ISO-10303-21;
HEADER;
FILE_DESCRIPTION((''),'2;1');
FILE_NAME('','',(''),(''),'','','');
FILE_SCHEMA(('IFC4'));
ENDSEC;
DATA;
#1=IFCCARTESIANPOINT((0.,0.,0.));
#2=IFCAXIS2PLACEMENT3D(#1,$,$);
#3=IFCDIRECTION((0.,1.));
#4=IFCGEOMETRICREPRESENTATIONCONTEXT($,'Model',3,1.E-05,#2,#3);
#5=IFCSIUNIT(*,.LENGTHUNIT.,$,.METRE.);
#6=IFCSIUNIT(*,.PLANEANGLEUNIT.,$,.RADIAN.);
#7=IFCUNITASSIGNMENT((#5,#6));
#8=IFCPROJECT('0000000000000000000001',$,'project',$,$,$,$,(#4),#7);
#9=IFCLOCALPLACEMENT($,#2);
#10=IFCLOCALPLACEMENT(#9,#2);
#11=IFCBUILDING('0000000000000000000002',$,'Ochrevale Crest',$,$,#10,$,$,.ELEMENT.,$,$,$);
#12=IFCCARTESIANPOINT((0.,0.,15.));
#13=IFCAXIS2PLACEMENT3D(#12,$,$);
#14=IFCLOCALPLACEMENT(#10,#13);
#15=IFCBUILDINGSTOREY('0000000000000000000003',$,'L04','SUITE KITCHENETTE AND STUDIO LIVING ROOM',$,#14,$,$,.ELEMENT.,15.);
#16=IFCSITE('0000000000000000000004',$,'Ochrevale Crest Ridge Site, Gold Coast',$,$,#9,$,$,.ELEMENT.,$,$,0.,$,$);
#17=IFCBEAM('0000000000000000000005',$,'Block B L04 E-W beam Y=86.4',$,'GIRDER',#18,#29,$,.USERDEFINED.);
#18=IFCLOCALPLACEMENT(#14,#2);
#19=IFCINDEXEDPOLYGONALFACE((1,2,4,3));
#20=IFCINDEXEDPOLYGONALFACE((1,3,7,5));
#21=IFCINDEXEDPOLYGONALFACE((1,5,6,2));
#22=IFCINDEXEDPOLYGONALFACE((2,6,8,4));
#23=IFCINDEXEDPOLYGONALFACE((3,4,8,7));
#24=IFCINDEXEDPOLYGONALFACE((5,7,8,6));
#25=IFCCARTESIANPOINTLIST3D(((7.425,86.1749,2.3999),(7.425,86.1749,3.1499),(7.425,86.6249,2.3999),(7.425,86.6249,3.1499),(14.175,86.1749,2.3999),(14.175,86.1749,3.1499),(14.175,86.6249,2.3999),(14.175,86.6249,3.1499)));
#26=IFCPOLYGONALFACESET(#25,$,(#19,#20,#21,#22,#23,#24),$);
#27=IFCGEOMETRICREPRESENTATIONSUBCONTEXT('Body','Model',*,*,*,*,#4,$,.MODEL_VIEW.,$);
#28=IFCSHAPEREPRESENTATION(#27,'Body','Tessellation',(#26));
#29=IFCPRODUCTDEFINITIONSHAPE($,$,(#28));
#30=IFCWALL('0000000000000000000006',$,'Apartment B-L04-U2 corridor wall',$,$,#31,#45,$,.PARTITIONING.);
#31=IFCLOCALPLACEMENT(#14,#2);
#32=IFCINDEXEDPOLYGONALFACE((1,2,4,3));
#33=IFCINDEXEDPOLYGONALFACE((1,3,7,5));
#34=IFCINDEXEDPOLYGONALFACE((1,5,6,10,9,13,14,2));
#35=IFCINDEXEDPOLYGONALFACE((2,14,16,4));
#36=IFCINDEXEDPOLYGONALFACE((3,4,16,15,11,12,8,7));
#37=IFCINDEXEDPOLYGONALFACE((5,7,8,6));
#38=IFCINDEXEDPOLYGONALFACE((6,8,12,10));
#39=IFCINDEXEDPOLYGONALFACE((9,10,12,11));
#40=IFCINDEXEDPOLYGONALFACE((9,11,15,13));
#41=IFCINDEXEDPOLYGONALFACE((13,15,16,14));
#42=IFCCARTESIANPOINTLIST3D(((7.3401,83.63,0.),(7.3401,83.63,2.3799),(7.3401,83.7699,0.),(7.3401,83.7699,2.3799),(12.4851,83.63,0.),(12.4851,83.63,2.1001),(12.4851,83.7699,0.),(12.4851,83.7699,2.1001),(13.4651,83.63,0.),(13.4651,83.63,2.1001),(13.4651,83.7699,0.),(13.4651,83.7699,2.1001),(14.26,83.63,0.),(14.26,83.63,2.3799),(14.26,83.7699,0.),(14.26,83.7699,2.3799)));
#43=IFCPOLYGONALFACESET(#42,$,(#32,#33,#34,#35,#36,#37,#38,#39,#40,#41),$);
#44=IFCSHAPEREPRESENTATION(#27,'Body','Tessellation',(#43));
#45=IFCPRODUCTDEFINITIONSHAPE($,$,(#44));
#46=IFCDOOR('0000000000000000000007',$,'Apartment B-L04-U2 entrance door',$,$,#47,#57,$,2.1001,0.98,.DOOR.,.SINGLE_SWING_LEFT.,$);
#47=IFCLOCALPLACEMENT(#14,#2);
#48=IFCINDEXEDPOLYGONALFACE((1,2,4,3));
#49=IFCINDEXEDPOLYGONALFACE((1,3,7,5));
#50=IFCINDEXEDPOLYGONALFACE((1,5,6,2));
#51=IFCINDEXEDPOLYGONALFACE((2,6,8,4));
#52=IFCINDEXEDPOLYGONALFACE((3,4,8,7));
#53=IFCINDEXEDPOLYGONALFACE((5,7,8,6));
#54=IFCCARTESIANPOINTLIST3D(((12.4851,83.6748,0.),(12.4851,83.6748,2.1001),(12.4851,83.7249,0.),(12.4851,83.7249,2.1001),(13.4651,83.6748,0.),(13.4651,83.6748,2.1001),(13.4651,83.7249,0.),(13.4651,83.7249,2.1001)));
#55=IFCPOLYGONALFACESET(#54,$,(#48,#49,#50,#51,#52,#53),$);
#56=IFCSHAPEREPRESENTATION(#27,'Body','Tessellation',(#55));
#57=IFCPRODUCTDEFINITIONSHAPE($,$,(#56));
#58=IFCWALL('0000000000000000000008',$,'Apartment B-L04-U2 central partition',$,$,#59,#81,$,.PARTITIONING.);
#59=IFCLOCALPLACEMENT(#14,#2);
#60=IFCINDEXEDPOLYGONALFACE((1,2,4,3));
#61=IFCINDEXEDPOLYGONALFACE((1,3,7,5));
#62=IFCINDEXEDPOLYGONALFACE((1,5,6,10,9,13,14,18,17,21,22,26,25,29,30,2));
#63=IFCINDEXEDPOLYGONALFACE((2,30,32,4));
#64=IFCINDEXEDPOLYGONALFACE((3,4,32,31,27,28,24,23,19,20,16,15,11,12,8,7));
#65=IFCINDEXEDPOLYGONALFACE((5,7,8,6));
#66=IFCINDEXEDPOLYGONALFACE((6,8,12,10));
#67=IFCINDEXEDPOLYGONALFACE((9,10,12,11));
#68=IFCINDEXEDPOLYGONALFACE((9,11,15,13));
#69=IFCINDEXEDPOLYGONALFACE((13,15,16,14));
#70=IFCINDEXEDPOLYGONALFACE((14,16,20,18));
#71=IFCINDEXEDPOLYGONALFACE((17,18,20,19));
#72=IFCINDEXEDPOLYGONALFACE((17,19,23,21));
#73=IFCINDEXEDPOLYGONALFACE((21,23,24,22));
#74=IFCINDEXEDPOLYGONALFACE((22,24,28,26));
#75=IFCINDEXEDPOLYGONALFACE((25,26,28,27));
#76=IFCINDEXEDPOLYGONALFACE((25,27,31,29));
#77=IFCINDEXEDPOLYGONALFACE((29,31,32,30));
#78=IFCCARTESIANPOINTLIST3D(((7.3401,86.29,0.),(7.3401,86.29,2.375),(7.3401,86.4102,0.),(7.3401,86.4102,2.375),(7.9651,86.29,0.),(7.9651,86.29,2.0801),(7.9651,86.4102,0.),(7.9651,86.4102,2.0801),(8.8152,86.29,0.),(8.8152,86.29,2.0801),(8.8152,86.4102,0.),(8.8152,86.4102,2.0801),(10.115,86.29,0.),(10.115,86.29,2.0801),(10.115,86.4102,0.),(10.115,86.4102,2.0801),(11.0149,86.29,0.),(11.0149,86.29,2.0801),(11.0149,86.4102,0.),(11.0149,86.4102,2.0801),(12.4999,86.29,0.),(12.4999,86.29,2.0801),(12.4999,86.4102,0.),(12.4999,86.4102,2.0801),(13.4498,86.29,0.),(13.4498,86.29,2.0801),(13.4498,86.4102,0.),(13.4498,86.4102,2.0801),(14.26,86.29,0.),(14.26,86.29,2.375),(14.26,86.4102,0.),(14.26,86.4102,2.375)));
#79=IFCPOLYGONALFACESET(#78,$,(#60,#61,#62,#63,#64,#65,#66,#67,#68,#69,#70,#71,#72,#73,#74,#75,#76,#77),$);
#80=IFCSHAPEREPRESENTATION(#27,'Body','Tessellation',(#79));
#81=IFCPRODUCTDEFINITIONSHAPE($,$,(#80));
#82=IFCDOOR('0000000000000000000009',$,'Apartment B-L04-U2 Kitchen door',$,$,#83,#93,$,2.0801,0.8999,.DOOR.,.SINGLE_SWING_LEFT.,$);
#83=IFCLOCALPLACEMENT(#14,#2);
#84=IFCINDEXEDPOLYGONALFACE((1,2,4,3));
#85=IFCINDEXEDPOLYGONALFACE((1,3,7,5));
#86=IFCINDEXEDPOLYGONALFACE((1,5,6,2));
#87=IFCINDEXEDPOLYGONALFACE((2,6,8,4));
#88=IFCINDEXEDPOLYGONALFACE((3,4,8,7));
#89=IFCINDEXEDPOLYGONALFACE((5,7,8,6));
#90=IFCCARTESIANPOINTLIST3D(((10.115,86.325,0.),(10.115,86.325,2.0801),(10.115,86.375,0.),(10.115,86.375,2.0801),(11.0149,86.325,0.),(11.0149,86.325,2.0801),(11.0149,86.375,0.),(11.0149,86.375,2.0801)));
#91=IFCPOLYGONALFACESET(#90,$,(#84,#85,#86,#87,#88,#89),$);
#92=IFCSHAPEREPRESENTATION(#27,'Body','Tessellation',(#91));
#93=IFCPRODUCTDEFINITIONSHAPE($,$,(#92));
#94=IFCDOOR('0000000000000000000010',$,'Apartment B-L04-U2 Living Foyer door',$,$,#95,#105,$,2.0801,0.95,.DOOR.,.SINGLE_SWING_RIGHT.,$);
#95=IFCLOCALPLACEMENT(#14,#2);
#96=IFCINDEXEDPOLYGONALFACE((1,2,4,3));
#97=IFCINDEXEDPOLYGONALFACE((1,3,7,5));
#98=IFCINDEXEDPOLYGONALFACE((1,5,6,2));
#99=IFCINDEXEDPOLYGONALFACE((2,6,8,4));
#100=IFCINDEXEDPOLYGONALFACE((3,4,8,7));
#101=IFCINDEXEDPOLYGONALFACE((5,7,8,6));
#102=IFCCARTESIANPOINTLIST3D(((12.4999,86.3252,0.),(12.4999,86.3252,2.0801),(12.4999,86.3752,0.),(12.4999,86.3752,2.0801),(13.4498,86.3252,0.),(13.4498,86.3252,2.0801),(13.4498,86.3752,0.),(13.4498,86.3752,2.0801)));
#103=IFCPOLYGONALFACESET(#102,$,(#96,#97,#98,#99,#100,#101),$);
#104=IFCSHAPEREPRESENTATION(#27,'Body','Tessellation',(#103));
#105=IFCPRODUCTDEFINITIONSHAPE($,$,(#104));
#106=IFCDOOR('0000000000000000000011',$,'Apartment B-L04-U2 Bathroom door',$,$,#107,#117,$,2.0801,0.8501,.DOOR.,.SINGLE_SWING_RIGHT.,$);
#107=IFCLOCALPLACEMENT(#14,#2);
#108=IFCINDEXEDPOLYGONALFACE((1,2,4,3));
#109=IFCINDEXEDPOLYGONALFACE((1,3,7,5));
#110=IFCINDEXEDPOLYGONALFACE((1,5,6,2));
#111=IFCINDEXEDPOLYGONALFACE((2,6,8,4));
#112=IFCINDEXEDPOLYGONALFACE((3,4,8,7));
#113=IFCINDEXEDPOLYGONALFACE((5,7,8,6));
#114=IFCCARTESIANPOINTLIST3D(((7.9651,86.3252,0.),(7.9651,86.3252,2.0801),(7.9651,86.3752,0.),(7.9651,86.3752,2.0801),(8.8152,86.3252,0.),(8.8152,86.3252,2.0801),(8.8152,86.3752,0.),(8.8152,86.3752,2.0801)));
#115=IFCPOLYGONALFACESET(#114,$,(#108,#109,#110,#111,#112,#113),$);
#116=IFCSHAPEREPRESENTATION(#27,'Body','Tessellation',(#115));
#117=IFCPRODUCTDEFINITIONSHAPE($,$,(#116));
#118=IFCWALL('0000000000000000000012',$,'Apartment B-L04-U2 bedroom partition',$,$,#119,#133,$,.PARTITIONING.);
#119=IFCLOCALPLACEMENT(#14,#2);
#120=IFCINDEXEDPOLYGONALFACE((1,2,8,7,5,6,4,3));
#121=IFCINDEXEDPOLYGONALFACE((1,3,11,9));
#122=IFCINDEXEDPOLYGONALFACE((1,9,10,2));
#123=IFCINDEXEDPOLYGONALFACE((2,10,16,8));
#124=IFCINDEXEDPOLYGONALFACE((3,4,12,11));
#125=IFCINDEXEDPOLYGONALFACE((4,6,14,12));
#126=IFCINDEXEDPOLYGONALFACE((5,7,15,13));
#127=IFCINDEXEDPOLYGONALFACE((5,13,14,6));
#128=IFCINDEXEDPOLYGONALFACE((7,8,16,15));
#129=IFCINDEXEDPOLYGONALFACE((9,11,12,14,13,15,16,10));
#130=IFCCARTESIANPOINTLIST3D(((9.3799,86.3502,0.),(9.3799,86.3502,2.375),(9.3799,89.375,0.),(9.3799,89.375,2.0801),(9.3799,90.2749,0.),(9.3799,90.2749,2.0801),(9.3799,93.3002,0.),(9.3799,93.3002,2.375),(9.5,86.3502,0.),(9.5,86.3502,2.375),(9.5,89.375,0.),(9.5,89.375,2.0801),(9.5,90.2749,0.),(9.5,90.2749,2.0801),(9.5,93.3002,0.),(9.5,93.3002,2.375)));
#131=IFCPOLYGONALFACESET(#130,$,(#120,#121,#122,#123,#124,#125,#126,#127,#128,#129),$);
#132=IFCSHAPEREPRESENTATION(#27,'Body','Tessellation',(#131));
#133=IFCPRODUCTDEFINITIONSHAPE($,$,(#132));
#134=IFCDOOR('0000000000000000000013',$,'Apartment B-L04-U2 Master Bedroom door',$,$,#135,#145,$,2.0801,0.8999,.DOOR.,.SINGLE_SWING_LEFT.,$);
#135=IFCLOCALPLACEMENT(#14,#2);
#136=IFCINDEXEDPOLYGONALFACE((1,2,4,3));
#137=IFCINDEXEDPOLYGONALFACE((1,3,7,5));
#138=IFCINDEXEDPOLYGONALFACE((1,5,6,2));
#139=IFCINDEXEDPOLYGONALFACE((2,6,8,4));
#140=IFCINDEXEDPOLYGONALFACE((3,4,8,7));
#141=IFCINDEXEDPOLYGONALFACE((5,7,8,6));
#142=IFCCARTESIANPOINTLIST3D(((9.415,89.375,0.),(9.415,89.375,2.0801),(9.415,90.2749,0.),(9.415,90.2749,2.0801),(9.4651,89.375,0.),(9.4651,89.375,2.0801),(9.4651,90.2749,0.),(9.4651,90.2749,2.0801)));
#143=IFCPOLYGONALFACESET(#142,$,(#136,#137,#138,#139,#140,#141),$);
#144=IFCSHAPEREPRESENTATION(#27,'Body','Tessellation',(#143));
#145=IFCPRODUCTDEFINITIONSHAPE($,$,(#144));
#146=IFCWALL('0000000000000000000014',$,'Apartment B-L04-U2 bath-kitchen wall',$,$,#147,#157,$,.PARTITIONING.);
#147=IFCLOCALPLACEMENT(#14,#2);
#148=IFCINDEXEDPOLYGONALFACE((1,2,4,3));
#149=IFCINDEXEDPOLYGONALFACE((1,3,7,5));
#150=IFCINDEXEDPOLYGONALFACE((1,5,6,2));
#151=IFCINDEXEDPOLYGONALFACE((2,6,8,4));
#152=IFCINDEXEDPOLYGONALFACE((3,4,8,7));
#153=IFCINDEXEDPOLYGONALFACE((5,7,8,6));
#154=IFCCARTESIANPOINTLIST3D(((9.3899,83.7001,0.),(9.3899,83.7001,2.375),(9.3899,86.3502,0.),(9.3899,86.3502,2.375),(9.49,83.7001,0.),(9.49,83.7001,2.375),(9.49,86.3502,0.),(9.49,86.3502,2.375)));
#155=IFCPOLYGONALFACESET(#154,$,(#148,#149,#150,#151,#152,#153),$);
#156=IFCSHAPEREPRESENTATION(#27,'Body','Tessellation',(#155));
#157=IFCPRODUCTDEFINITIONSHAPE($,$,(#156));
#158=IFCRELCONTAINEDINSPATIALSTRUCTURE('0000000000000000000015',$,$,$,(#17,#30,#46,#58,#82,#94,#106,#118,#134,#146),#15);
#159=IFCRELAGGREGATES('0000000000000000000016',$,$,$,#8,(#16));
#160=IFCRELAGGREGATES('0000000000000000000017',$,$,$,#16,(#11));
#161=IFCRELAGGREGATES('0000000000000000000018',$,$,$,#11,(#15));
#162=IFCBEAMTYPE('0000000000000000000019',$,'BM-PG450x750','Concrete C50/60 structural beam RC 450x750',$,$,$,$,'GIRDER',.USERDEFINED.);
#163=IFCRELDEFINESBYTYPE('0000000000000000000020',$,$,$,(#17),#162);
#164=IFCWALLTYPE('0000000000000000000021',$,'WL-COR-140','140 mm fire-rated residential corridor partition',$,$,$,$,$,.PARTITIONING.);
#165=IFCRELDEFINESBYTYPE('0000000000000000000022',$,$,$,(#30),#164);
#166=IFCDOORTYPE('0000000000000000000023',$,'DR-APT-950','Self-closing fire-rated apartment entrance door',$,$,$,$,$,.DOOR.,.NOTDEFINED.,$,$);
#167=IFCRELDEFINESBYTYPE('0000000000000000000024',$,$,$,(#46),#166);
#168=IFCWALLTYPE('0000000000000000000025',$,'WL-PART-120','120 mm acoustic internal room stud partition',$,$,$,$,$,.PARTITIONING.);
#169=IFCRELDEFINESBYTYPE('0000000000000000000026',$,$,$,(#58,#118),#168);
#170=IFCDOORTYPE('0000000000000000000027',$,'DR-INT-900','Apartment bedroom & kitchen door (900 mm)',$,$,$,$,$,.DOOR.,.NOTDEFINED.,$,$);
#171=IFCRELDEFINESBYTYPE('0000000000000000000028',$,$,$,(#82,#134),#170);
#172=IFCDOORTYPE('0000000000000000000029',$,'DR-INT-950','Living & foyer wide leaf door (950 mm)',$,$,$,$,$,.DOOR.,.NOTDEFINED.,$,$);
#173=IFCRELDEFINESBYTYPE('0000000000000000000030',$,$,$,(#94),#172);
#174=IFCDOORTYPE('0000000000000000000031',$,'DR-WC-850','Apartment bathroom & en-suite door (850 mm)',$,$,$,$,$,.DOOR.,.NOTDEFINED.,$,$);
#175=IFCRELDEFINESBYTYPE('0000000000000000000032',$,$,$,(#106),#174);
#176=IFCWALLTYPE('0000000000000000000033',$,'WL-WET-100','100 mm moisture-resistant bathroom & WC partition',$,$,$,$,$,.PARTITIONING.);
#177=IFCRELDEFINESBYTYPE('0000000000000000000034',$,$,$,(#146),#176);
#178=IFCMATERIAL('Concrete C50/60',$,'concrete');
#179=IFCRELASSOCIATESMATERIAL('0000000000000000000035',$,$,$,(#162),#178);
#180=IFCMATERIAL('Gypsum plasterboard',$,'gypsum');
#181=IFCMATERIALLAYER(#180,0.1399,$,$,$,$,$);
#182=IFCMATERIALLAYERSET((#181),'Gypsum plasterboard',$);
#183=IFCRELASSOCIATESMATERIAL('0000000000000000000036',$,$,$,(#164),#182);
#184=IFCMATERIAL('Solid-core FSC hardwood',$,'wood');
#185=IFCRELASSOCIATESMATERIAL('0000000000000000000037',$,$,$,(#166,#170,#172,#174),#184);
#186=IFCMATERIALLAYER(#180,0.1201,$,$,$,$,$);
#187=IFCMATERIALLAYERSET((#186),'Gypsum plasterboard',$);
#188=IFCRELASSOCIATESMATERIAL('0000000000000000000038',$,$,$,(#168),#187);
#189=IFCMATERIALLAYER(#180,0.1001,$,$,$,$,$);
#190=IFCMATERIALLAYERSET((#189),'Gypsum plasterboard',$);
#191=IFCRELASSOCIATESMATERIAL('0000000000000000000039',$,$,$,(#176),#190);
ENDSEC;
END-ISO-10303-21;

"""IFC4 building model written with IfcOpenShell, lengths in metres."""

from ifc_helpers import new_model, si_unit, direction, frame, frame_2d, origin, origin_2d, place, context, subcontext, project, spatial, rectangle, extrude, material, layer, layer_set, material_profile, profile_set, type_object, element, fill, save


model = new_model("IFC4")

# Units and contexts
model_context = context("Model", 3, precision=1e-05, world=origin(), true_north=direction((0.0, 1.0)))
body_context = subcontext(model_context, "Body", "Model", "MODEL_VIEW")
ifc_project = project(units=[si_unit("LENGTHUNIT", "METRE"), si_unit("PLANEANGLEUNIT", "RADIAN")], contexts=[model_context])

# Site, building, storey
site_placement = place(None, origin())
site = spatial("IfcSite", under=ifc_project, at=site_placement, Name="Ochrevale Crest Ridge Site, Gold Coast", CompositionType="ELEMENT", RefElevation=0.0)
building_placement = place(site_placement, origin())
building = spatial("IfcBuilding", under=site, at=building_placement, Name="Ochrevale Crest", CompositionType="ELEMENT")
storey_placement = place(building_placement, frame((0.0, 0.0, 15.0)))
storey = spatial("IfcBuildingStorey", under=building, at=storey_placement, Name="L04", Description="SUITE KITCHENETTE AND STUDIO LIVING ROOM", CompositionType="ELEMENT", Elevation=15.0)

# Beam
ifc_material_1 = material(Name="Concrete C50/60", Category="concrete")
ifc_material_profile = material_profile(ifc_material_1, rectangle(XDim=0.45, YDim=0.75, at=origin_2d()), Name="RC 450x750")
ifc_profile_set = profile_set([ifc_material_profile], Name="Concrete C50/60")
beam_type = type_object("IfcBeamType", Name="BM-PG450x750", Description="Concrete C50/60 structural beam RC 450x750", ElementType="GIRDER", PredefinedType="USERDEFINED", material=ifc_profile_set)
beam_placement = place(storey_placement, frame((7.425, 86.3999, 2.7749), z_axis=(1.0, 0.0, 0.0), x_axis=(0.0, 1.0, 0.0)))
element("IfcBeam", 1, at=beam_placement, inside=storey, type_object=beam_type, Name="Block B L04 E-W beam Y=86.4", ObjectType="GIRDER", PredefinedType="USERDEFINED", context=body_context, shape_type="SweptSolid", body=[
    extrude(rectangle(XDim=0.45, YDim=0.75, at=origin_2d()), origin(), (0.0, 0.0, 1.0), 6.75),
])

# Wall, opening, door
ifc_material_2 = material(Name="Gypsum plasterboard", Category="gypsum")
ifc_layer_1 = layer(ifc_material_2, 0.1399)
ifc_layer_set_1 = layer_set([ifc_layer_1], Name="Gypsum plasterboard")
wall_type_1 = type_object("IfcWallType", Name="WL-COR-140", Description="140 mm fire-rated residential corridor partition", PredefinedType="PARTITIONING", material=ifc_layer_set_1)
wall_1_placement = place(storey_placement, frame((7.3401, 83.7, 0.0), z_axis=(0.0, 0.0, 1.0), x_axis=(1.0, 0.0, 0.0)))
wall_1 = element("IfcWall", 2, at=wall_1_placement, inside=storey, type_object=wall_type_1, Name="Apartment B-L04-U2 corridor wall", PredefinedType="PARTITIONING", context=body_context, shape_type="SweptSolid", body=[
    extrude(rectangle(XDim=6.9199, YDim=0.1399, at=frame_2d((3.46, 0.0))), origin(), (0.0, 0.0, 1.0), 2.3799),
])
opening_1_placement = place(wall_1_placement, frame((5.145, 0.0, 0.0)))
opening_1 = element("IfcOpeningElement", 3, at=opening_1_placement, cuts=wall_1, PredefinedType="OPENING", context=body_context, shape_type="SweptSolid", body=[
    extrude(rectangle(XDim=0.98, YDim=2.1001, at=frame_2d((0.49, 1.05))), frame((0.0, 0.0801, 0.0), z_axis=(0.0, -1.0, 0.0), x_axis=(1.0, 0.0, 0.0)), (0.0, 0.0, 1.0), 0.1599),
])
ifc_material_3 = material(Name="Solid-core FSC hardwood", Category="wood")
door_type_1 = type_object("IfcDoorType", Name="DR-APT-950", Description="Self-closing fire-rated apartment entrance door", OperationType="NOTDEFINED", PredefinedType="DOOR", material=ifc_material_3)
door_1_placement = place(opening_1_placement, origin())
door_1 = element("IfcDoor", 4, at=door_1_placement, inside=storey, type_object=door_type_1, Name="Apartment B-L04-U2 entrance door", OperationType="SINGLE_SWING_LEFT", OverallHeight=2.1001, OverallWidth=0.98, PredefinedType="DOOR", context=body_context, shape_type="SweptSolid", body=[
    extrude(rectangle(XDim=0.98, YDim=2.1001, at=frame_2d((0.49, 1.05))), frame((0.0, 0.0249, 0.0), z_axis=(0.0, -1.0, 0.0), x_axis=(1.0, 0.0, 0.0)), (0.0, 0.0, 1.0), 0.05),
])
fill(opening_1, door_1)

# Wall, openings, doors
ifc_layer_2 = layer(ifc_material_2, 0.1201)
ifc_layer_set_2 = layer_set([ifc_layer_2], Name="Gypsum plasterboard")
wall_type_2 = type_object("IfcWallType", Name="WL-PART-120", Description="120 mm acoustic internal room stud partition", PredefinedType="PARTITIONING", material=ifc_layer_set_2)
wall_2_placement = place(storey_placement, frame((7.3401, 86.3501, 0.0), z_axis=(0.0, 0.0, 1.0), x_axis=(1.0, 0.0, 0.0)))
wall_2 = element("IfcWall", 5, at=wall_2_placement, inside=storey, type_object=wall_type_2, Name="Apartment B-L04-U2 central partition", PredefinedType="PARTITIONING", context=body_context, shape_type="SweptSolid", body=[
    extrude(rectangle(XDim=6.9199, YDim=0.1201, at=frame_2d((3.46, 0.0))), origin(), (0.0, 0.0, 1.0), 2.375),
])
opening_2_placement = place(wall_2_placement, frame((1.4751, 0.0, 0.0), z_axis=(0.0, 0.0, 1.0), x_axis=(-1.0, 0.0, 0.0)))
opening_2 = element("IfcOpeningElement", 6, at=opening_2_placement, cuts=wall_2, PredefinedType="OPENING", context=body_context, shape_type="SweptSolid", body=[
    extrude(rectangle(XDim=0.8501, YDim=2.0801, at=frame_2d((0.425, 1.04))), frame((0.0, 0.0701, 0.0), z_axis=(0.0, -1.0, 0.0), x_axis=(1.0, 0.0, 0.0)), (0.0, 0.0, 1.0), 0.1401),
])
opening_3_placement = place(wall_2_placement, frame((2.7749, 0.0, 0.0)))
opening_3 = element("IfcOpeningElement", 7, at=opening_3_placement, cuts=wall_2, PredefinedType="OPENING", context=body_context, shape_type="SweptSolid", body=[
    extrude(rectangle(XDim=0.8999, YDim=2.0801, at=frame_2d((0.45, 1.04))), frame((0.0, 0.0701, 0.0), z_axis=(0.0, -1.0, 0.0), x_axis=(1.0, 0.0, 0.0)), (0.0, 0.0, 1.0), 0.1401),
])
opening_4_placement = place(wall_2_placement, frame((6.1099, 0.0, 0.0), z_axis=(0.0, 0.0, 1.0), x_axis=(-1.0, 0.0, 0.0)))
opening_4 = element("IfcOpeningElement", 8, at=opening_4_placement, cuts=wall_2, PredefinedType="OPENING", context=body_context, shape_type="SweptSolid", body=[
    extrude(rectangle(XDim=0.95, YDim=2.0801, at=frame_2d((0.4751, 1.04))), frame((0.0, 0.0701, 0.0), z_axis=(0.0, -1.0, 0.0), x_axis=(1.0, 0.0, 0.0)), (0.0, 0.0, 1.0), 0.1401),
])
door_type_2 = type_object("IfcDoorType", Name="DR-INT-900", Description="Apartment bedroom & kitchen door (900 mm)", OperationType="NOTDEFINED", PredefinedType="DOOR", material=ifc_material_3)
door_2_placement = place(opening_3_placement, origin())
door_2 = element("IfcDoor", 9, at=door_2_placement, inside=storey, type_object=door_type_2, Name="Apartment B-L04-U2 Kitchen door", OperationType="SINGLE_SWING_LEFT", OverallHeight=2.0801, OverallWidth=0.8999, PredefinedType="DOOR", context=body_context, shape_type="SweptSolid", body=[
    extrude(rectangle(XDim=0.8999, YDim=2.0801, at=frame_2d((0.45, 1.04))), frame((0.0, 0.0249, 0.0), z_axis=(0.0, -1.0, 0.0), x_axis=(1.0, 0.0, 0.0)), (0.0, 0.0, 1.0), 0.05),
])
fill(opening_3, door_2)
door_type_3 = type_object("IfcDoorType", Name="DR-INT-950", Description="Living & foyer wide leaf door (950 mm)", OperationType="NOTDEFINED", PredefinedType="DOOR", material=ifc_material_3)
door_3_placement = place(opening_4_placement, origin())
door_3 = element("IfcDoor", 10, at=door_3_placement, inside=storey, type_object=door_type_3, Name="Apartment B-L04-U2 Living Foyer door", OperationType="SINGLE_SWING_RIGHT", OverallHeight=2.0801, OverallWidth=0.95, PredefinedType="DOOR", context=body_context, shape_type="SweptSolid", body=[
    extrude(rectangle(XDim=0.95, YDim=2.0801, at=frame_2d((0.4751, 1.04))), frame((0.0, 0.0249, 0.0), z_axis=(0.0, -1.0, 0.0), x_axis=(1.0, 0.0, 0.0)), (0.0, 0.0, 1.0), 0.05),
])
fill(opening_4, door_3)
door_type_4 = type_object("IfcDoorType", Name="DR-WC-850", Description="Apartment bathroom & en-suite door (850 mm)", OperationType="NOTDEFINED", PredefinedType="DOOR", material=ifc_material_3)
door_4_placement = place(opening_2_placement, origin())
door_4 = element("IfcDoor", 11, at=door_4_placement, inside=storey, type_object=door_type_4, Name="Apartment B-L04-U2 Bathroom door", OperationType="SINGLE_SWING_RIGHT", OverallHeight=2.0801, OverallWidth=0.8501, PredefinedType="DOOR", context=body_context, shape_type="SweptSolid", body=[
    extrude(rectangle(XDim=0.8501, YDim=2.0801, at=frame_2d((0.425, 1.04))), frame((0.0, 0.0249, 0.0), z_axis=(0.0, -1.0, 0.0), x_axis=(1.0, 0.0, 0.0)), (0.0, 0.0, 1.0), 0.05),
])
fill(opening_2, door_4)

# Wall, opening, door
wall_3_placement = place(storey_placement, frame((9.4399, 86.3501, 0.0), z_axis=(0.0, 0.0, 1.0), x_axis=(0.0, 1.0, 0.0)))
wall_3 = element("IfcWall", 12, at=wall_3_placement, inside=storey, type_object=wall_type_2, Name="Apartment B-L04-U2 bedroom partition", PredefinedType="PARTITIONING", context=body_context, shape_type="SweptSolid", body=[
    extrude(rectangle(XDim=6.95, YDim=0.1201, at=frame_2d((3.4751, 0.0))), origin(), (0.0, 0.0, 1.0), 2.375),
])
opening_5_placement = place(wall_3_placement, frame((3.0249, 0.0, 0.0)))
opening_5 = element("IfcOpeningElement", 13, at=opening_5_placement, cuts=wall_3, PredefinedType="OPENING", context=body_context, shape_type="SweptSolid", body=[
    extrude(rectangle(XDim=0.8999, YDim=2.0801, at=frame_2d((0.45, 1.04))), frame((0.0, 0.0701, 0.0), z_axis=(0.0, -1.0, 0.0), x_axis=(1.0, 0.0, 0.0)), (0.0, 0.0, 1.0), 0.1401),
])
door_5_placement = place(opening_5_placement, origin())
door_5 = element("IfcDoor", 14, at=door_5_placement, inside=storey, type_object=door_type_2, Name="Apartment B-L04-U2 Master Bedroom door", OperationType="SINGLE_SWING_LEFT", OverallHeight=2.0801, OverallWidth=0.8999, PredefinedType="DOOR", context=body_context, shape_type="SweptSolid", body=[
    extrude(rectangle(XDim=0.8999, YDim=2.0801, at=frame_2d((0.45, 1.04))), frame((0.0, 0.0249, 0.0), z_axis=(0.0, -1.0, 0.0), x_axis=(1.0, 0.0, 0.0)), (0.0, 0.0, 1.0), 0.05),
])
fill(opening_5, door_5)

# Wall
ifc_layer_3 = layer(ifc_material_2, 0.1001)
ifc_layer_set_3 = layer_set([ifc_layer_3], Name="Gypsum plasterboard")
wall_type_3 = type_object("IfcWallType", Name="WL-WET-100", Description="100 mm moisture-resistant bathroom & WC partition", PredefinedType="PARTITIONING", material=ifc_layer_set_3)
wall_4_placement = place(storey_placement, frame((9.4399, 83.7, 0.0), z_axis=(0.0, 0.0, 1.0), x_axis=(0.0, 1.0, 0.0)))
element("IfcWall", 15, at=wall_4_placement, inside=storey, type_object=wall_type_3, Name="Apartment B-L04-U2 bath-kitchen wall", PredefinedType="PARTITIONING", context=body_context, shape_type="SweptSolid", body=[
    extrude(rectangle(XDim=2.6501, YDim=0.1001, at=frame_2d((1.3252, 0.0))), origin(), (0.0, 0.0, 1.0), 2.375),
])

save(model, "model.ifc")
